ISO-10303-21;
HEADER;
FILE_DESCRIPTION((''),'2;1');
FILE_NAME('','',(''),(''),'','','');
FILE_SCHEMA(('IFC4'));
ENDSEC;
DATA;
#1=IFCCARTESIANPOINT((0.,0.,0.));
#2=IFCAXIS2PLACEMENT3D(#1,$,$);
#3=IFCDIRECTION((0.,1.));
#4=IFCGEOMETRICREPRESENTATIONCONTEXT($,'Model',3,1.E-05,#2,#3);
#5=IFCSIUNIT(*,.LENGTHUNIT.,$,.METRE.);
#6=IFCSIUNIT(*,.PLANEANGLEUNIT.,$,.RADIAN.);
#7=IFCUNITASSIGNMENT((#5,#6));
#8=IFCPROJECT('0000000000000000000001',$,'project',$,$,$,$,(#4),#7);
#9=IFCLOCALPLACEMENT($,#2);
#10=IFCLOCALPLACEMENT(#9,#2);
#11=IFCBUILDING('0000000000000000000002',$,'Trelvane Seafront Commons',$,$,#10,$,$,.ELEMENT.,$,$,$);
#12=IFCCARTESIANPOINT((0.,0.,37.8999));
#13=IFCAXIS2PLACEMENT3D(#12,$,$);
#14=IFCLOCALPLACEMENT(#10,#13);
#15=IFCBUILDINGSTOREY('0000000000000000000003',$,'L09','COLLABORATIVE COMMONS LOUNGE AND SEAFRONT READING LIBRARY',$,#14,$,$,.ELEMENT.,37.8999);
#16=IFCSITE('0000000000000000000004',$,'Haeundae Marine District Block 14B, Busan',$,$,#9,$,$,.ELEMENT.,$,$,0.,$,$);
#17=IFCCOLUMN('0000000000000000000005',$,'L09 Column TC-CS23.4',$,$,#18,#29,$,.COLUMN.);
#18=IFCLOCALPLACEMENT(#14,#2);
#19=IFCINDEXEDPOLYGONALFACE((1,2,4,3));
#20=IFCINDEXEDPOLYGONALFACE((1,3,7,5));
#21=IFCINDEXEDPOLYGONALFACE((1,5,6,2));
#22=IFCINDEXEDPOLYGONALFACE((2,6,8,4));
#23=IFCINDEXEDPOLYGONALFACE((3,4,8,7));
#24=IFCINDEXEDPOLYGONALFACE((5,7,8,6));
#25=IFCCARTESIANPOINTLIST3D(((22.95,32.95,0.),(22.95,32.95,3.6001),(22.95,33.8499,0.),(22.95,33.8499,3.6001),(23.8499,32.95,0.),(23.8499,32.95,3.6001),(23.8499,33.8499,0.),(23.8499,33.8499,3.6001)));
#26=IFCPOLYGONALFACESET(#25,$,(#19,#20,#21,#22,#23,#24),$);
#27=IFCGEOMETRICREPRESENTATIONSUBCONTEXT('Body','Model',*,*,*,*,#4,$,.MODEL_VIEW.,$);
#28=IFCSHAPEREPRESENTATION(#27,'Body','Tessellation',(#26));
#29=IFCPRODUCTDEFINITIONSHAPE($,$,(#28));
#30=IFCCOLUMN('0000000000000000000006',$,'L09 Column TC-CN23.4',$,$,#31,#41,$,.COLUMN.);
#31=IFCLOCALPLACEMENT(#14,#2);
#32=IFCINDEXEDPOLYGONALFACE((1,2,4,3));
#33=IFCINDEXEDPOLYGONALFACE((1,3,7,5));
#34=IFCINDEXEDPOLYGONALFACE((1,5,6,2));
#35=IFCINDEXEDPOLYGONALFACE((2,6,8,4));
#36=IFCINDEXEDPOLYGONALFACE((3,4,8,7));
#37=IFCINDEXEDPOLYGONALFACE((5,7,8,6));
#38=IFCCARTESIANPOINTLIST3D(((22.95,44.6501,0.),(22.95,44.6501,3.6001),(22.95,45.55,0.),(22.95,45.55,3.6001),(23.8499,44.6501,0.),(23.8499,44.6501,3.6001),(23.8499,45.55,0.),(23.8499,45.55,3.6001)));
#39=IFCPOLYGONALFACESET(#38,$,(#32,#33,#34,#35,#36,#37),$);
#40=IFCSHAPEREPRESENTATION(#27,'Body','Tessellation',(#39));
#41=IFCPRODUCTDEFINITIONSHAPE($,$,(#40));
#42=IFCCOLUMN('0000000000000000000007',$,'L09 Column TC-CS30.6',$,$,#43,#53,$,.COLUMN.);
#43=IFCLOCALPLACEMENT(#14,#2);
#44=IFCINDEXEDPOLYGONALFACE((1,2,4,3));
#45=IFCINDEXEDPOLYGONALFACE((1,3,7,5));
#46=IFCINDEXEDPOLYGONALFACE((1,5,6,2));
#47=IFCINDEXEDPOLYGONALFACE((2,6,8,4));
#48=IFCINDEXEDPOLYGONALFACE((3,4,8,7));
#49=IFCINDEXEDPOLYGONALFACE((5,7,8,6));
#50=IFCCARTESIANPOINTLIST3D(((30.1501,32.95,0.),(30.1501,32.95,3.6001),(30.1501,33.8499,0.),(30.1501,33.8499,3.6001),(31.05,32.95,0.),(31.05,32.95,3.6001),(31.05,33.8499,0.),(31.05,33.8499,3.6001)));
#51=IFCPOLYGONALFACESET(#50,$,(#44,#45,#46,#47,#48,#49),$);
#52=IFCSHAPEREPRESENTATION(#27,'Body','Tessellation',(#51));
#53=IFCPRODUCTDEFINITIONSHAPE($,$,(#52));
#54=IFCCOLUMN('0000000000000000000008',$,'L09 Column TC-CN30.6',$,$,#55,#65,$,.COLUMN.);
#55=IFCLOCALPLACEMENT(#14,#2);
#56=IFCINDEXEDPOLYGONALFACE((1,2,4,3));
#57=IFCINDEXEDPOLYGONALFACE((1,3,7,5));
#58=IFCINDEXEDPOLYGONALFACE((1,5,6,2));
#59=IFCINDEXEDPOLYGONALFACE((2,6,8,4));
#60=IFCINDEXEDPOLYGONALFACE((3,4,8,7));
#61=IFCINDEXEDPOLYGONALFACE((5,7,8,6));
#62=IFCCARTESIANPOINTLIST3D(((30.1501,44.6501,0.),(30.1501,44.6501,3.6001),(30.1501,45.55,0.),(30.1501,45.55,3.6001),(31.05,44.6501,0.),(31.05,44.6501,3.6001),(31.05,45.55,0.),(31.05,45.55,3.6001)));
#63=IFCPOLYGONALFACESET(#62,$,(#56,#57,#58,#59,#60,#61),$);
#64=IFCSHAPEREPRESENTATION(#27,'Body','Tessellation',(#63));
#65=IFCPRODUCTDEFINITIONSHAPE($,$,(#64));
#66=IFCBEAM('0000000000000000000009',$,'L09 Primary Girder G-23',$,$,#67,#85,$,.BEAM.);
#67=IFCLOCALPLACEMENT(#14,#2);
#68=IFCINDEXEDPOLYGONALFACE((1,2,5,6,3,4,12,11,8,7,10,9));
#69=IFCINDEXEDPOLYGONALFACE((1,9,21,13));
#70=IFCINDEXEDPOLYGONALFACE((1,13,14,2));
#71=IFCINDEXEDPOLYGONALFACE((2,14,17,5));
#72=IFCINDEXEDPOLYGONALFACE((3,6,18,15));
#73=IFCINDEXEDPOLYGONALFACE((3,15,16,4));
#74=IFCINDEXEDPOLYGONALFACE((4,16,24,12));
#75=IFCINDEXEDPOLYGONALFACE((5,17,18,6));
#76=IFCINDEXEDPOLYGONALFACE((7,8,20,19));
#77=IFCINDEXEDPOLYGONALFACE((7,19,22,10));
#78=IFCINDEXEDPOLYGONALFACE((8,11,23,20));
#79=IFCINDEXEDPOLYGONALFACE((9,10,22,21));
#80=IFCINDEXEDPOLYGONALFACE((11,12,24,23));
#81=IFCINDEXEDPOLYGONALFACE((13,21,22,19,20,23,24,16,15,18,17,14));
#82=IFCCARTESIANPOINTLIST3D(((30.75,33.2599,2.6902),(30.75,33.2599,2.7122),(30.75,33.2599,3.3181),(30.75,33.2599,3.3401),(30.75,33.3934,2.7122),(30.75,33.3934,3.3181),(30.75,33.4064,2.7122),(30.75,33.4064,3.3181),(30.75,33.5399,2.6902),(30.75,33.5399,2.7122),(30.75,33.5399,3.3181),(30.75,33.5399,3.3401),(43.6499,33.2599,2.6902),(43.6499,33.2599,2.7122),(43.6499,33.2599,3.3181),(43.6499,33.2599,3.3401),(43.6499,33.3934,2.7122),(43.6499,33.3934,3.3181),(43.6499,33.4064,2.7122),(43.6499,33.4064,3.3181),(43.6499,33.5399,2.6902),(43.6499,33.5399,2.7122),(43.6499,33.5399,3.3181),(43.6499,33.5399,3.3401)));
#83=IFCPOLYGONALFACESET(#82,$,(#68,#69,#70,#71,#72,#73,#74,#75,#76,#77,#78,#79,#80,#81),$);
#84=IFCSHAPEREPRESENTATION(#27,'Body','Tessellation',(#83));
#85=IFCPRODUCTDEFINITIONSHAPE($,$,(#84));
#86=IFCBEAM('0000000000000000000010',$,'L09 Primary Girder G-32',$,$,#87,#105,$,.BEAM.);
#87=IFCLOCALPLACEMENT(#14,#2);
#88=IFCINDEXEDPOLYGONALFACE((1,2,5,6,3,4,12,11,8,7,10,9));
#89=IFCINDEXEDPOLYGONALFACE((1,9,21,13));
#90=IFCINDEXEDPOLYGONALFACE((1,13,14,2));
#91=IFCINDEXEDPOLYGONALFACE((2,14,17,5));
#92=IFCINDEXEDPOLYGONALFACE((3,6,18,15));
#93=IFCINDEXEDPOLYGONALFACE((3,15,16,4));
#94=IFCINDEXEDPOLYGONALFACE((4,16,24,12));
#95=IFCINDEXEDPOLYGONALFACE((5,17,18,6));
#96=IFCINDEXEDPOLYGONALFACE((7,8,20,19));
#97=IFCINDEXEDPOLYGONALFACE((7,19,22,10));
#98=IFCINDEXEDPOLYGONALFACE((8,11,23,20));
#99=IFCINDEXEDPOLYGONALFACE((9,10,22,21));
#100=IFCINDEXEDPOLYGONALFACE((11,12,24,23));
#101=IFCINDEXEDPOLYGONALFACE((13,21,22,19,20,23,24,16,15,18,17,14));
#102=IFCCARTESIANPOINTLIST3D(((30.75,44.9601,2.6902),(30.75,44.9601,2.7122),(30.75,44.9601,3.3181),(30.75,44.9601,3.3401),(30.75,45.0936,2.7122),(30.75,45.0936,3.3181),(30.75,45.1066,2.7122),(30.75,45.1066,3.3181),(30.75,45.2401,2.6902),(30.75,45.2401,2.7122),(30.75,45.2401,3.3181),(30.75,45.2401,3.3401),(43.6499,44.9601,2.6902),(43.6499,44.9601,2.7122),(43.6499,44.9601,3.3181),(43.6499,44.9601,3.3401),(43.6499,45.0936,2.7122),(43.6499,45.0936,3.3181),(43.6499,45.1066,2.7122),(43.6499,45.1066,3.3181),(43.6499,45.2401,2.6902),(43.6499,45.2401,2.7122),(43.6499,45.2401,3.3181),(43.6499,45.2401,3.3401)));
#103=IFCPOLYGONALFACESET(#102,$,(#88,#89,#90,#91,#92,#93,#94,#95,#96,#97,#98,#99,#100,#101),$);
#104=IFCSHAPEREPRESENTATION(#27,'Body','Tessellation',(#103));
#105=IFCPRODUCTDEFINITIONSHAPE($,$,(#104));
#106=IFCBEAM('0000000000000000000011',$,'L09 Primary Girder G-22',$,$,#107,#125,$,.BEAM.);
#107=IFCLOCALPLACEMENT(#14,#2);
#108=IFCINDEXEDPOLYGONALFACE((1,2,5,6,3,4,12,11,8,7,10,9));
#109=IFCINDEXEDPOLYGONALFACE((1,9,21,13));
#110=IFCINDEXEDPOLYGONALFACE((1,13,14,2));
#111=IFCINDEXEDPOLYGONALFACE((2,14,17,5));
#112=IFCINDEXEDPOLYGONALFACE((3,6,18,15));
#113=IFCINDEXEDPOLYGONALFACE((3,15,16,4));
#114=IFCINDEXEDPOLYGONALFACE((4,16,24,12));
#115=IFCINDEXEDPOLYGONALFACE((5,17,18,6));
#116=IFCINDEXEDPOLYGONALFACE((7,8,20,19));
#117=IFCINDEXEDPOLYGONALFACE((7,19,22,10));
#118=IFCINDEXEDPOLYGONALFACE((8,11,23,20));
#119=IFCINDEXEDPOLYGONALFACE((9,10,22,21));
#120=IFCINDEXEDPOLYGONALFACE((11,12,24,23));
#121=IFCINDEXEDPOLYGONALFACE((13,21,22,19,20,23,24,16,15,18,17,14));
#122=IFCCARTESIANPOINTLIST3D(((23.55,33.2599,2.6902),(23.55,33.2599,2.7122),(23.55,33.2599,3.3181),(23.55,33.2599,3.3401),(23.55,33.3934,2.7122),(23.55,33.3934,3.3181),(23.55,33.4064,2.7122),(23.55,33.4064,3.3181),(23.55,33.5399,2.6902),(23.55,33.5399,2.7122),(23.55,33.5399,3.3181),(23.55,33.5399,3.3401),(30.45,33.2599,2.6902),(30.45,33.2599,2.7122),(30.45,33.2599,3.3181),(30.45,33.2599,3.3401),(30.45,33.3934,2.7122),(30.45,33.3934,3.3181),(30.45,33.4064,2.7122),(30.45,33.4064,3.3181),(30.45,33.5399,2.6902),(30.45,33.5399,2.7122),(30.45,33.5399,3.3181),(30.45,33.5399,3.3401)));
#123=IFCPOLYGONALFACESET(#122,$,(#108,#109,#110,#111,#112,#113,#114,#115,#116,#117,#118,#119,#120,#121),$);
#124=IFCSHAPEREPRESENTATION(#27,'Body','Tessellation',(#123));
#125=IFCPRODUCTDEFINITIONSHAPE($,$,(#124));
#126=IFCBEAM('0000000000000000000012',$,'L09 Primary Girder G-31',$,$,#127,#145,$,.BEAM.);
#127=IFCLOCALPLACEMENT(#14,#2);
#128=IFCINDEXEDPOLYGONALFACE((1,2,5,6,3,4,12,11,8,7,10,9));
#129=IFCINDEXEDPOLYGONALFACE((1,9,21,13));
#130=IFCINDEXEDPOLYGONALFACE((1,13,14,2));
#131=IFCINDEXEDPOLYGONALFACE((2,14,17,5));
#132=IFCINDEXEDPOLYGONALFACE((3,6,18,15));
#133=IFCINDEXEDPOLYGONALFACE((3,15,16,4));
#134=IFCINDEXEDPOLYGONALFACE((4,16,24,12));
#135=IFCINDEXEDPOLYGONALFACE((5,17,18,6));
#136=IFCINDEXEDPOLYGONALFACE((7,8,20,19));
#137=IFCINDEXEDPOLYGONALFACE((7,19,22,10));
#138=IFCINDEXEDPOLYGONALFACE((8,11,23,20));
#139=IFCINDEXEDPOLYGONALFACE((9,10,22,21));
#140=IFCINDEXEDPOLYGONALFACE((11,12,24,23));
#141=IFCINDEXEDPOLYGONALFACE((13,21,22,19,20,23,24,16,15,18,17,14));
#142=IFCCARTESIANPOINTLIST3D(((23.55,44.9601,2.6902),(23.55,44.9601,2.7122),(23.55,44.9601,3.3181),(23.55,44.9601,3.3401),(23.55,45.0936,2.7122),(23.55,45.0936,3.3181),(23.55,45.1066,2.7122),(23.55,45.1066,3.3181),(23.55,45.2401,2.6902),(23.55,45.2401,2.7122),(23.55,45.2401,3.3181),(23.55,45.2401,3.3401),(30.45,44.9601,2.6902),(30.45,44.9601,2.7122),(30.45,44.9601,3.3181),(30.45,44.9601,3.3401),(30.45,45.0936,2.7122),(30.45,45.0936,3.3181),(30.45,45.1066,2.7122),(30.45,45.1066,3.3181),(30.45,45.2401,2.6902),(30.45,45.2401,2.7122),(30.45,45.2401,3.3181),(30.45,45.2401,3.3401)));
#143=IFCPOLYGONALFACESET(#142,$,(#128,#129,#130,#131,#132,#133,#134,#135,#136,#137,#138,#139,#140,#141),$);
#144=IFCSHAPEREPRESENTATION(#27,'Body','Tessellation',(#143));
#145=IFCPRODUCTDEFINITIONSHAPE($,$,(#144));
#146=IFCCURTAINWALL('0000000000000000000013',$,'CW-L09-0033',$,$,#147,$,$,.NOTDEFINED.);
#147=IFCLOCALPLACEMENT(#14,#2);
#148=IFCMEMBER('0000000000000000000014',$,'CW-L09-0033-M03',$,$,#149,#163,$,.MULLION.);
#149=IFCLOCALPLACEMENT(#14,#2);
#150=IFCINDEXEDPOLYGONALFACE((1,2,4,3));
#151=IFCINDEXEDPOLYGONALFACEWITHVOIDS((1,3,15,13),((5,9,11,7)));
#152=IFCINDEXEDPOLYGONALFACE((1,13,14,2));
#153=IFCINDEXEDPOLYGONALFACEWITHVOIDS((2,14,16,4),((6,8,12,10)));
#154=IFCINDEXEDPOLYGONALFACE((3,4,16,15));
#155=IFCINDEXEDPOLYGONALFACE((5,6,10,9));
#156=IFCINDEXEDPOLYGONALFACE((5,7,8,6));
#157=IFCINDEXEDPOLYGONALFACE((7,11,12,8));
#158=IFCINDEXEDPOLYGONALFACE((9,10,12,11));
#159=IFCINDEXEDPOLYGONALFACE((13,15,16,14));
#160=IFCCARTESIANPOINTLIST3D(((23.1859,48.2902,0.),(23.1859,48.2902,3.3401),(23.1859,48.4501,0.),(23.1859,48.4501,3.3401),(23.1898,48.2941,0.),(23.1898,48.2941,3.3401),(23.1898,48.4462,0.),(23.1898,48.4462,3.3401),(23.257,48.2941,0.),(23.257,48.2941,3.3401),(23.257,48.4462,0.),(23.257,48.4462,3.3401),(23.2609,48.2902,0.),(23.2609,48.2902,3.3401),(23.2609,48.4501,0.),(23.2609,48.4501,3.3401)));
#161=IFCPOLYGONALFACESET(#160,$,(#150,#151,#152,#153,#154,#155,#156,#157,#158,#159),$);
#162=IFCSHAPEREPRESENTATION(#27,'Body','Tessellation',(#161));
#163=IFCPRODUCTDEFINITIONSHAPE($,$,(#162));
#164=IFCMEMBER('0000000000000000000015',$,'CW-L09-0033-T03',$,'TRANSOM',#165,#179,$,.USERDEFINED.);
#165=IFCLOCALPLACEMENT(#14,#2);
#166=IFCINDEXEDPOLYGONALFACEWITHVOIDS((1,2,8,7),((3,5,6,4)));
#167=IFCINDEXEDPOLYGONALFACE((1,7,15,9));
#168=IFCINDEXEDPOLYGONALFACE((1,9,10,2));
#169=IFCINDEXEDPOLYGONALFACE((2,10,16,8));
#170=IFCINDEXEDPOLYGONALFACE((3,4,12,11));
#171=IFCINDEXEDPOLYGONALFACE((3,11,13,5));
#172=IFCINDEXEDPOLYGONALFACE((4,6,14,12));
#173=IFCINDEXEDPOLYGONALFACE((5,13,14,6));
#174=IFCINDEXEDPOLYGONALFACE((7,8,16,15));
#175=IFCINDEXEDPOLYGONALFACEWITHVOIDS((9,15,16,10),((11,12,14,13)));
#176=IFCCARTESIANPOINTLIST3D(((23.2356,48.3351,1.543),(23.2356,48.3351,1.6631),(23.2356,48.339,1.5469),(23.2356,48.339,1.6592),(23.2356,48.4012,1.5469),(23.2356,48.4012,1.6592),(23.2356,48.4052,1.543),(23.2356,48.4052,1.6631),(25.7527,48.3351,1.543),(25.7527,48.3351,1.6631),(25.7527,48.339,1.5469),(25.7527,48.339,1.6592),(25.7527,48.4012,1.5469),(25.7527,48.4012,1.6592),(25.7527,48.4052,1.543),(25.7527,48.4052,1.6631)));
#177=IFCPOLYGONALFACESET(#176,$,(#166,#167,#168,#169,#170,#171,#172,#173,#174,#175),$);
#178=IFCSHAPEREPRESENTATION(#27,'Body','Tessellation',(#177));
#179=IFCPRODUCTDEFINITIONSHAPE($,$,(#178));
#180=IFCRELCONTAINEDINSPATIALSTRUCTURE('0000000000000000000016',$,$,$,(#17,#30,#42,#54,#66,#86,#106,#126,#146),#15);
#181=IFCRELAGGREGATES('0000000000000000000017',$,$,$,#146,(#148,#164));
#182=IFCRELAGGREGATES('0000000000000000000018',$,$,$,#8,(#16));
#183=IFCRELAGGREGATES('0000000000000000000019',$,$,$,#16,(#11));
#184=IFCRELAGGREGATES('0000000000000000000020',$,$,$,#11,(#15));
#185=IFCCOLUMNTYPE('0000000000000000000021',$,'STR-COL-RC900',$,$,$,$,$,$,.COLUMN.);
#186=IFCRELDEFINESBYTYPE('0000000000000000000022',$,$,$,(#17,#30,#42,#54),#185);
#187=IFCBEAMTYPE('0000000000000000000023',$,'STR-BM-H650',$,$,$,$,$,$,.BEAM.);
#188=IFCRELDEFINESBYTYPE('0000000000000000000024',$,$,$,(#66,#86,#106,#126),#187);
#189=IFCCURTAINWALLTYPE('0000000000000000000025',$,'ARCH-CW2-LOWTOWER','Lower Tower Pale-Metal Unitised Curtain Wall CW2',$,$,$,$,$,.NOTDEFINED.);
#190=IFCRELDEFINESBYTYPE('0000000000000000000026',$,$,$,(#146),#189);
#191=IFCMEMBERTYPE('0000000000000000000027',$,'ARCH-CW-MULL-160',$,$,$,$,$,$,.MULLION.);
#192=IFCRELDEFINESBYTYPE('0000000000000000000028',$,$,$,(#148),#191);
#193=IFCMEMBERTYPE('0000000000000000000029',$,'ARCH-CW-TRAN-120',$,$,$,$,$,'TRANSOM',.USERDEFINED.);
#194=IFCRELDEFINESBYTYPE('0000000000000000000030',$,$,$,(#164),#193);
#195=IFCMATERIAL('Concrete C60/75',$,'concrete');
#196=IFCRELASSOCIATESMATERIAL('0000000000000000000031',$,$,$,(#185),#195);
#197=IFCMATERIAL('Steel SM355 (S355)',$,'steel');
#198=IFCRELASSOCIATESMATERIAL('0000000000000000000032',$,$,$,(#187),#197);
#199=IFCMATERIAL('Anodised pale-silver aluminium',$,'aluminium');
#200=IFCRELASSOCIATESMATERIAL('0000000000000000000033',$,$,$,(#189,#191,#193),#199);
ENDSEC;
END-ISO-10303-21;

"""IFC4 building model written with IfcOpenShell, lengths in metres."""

from ifc_helpers import new_model, si_unit, direction, frame, origin, origin_2d, place, context, subcontext, project, spatial, rectangle, hollow_rectangle, i_section, extrude, source, transform, mapped, material, material_profile, profile_set, type_object, element, aggregate, save


model = new_model("IFC4")

# Units and contexts
model_context = context("Model", 3, precision=1e-05, world=origin(), true_north=direction((0.0, 1.0)))
body_context = subcontext(model_context, "Body", "Model", "MODEL_VIEW")
ifc_project = project(units=[si_unit("LENGTHUNIT", "METRE"), si_unit("PLANEANGLEUNIT", "RADIAN")], contexts=[model_context])

# Site, building, storey
site_placement = place(None, origin())
site = spatial("IfcSite", under=ifc_project, at=site_placement, Name="Haeundae Marine District Block 14B, Busan", CompositionType="ELEMENT", RefElevation=0.0)
building_placement = place(site_placement, origin())
building = spatial("IfcBuilding", under=site, at=building_placement, Name="Trelvane Seafront Commons", CompositionType="ELEMENT")
storey_placement = place(building_placement, frame((0.0, 0.0, 37.8999)))
storey = spatial("IfcBuildingStorey", under=building, at=storey_placement, Name="L09", Description="COLLABORATIVE COMMONS LOUNGE AND SEAFRONT READING LIBRARY", CompositionType="ELEMENT", Elevation=37.8999)

# Columns
ifc_material_1 = material(Name="Concrete C60/75", Category="concrete")
ifc_material_profile_1 = material_profile(ifc_material_1, rectangle(XDim=0.8999, YDim=0.8999, at=origin_2d()), Name="RC-900x900")
ifc_profile_set_1 = profile_set([ifc_material_profile_1], Name="Concrete C60/75")
column_type = type_object("IfcColumnType", Name="STR-COL-RC900", PredefinedType="COLUMN", material=ifc_profile_set_1)
shared_shape_1 = source(origin(), body_context, "Body", "SweptSolid", [
    extrude(rectangle(XDim=0.8999, YDim=0.8999, at=origin_2d()), origin(), (0.0, 0.0, 1.0), 3.6001),
])
for number, where, z_axis, x_axis, name in (
    (1, (23.3999, 33.3999, 0.0), (0.0, 0.0, 1.0), (1.0, 0.0, 0.0), "L09 Column TC-CS23.4"),
    (2, (23.3999, 45.1001, 0.0), (0.0, 0.0, 1.0), (1.0, 0.0, 0.0), "L09 Column TC-CN23.4"),
    (3, (30.6001, 33.3999, 0.0), (0.0, 0.0, 1.0), (1.0, 0.0, 0.0), "L09 Column TC-CS30.6"),
    (4, (30.6001, 45.1001, 0.0), (0.0, 0.0, 1.0), (1.0, 0.0, 0.0), "L09 Column TC-CN30.6"),
):
    element("IfcColumn", number, at=place(storey_placement, frame(where, z_axis=z_axis, x_axis=x_axis)), inside=storey, type_object=column_type, Name=name, PredefinedType="COLUMN", context=body_context, shape_type="MappedRepresentation", body=[
        mapped(shared_shape_1, transform((0.0, 0.0, 0.0), x_axis=(1.0, 0.0, 0.0), y_axis=(0.0, 1.0, 0.0), z_axis=(0.0, 0.0, 1.0), scale=1.0)),
    ])

# Beams
ifc_material_2 = material(Name="Steel SM355 (S355)", Category="steel")
ifc_material_profile_2 = material_profile(ifc_material_2, i_section(OverallWidth=0.28, OverallDepth=0.6499, WebThickness=0.0129, FlangeThickness=0.022, at=origin_2d()), Name="H-650x280x13x22")
ifc_profile_set_2 = profile_set([ifc_material_profile_2], Name="Steel SM355 (S355)")
beam_type = type_object("IfcBeamType", Name="STR-BM-H650", PredefinedType="BEAM", material=ifc_profile_set_2)
shared_shape_2 = source(origin(), body_context, "Body", "SweptSolid", [
    extrude(i_section(OverallWidth=0.28, OverallDepth=0.6499, WebThickness=0.0129, FlangeThickness=0.022, at=origin_2d()), origin(), (0.0, 0.0, 1.0), 12.8999),
])
for number, where, z_axis, x_axis, name in (
    (5, (30.75, 33.3999, 3.0151), (1.0, 0.0, 0.0), (0.0, 1.0, 0.0), "L09 Primary Girder G-23"),
    (6, (30.75, 45.1001, 3.0151), (1.0, 0.0, 0.0), (0.0, 1.0, 0.0), "L09 Primary Girder G-32"),
):
    element("IfcBeam", number, at=place(storey_placement, frame(where, z_axis=z_axis, x_axis=x_axis)), inside=storey, type_object=beam_type, Name=name, PredefinedType="BEAM", context=body_context, shape_type="MappedRepresentation", body=[
        mapped(shared_shape_2, transform((0.0, 0.0, 0.0), x_axis=(1.0, 0.0, 0.0), y_axis=(0.0, 1.0, 0.0), z_axis=(0.0, 0.0, 1.0), scale=1.0)),
    ])
shared_shape_3 = source(origin(), body_context, "Body", "SweptSolid", [
    extrude(i_section(OverallWidth=0.28, OverallDepth=0.6499, WebThickness=0.0129, FlangeThickness=0.022, at=origin_2d()), origin(), (0.0, 0.0, 1.0), 6.8999),
])
for number, where, z_axis, x_axis, name in (
    (7, (23.55, 33.3999, 3.0151), (1.0, 0.0, 0.0), (0.0, 1.0, 0.0), "L09 Primary Girder G-22"),
    (8, (23.55, 45.1001, 3.0151), (1.0, 0.0, 0.0), (0.0, 1.0, 0.0), "L09 Primary Girder G-31"),
):
    element("IfcBeam", number, at=place(storey_placement, frame(where, z_axis=z_axis, x_axis=x_axis)), inside=storey, type_object=beam_type, Name=name, PredefinedType="BEAM", context=body_context, shape_type="MappedRepresentation", body=[
        mapped(shared_shape_3, transform((0.0, 0.0, 0.0), x_axis=(1.0, 0.0, 0.0), y_axis=(0.0, 1.0, 0.0), z_axis=(0.0, 0.0, 1.0), scale=1.0)),
    ])

# Curtain wall, members
ifc_material_3 = material(Name="Anodised pale-silver aluminium", Category="aluminium")
curtain_wall_type = type_object("IfcCurtainWallType", Name="ARCH-CW2-LOWTOWER", Description="Lower Tower Pale-Metal Unitised Curtain Wall CW2", PredefinedType="NOTDEFINED", material=ifc_material_3)
curtain_wall_placement = place(storey_placement, origin())
curtain_wall = element("IfcCurtainWall", 9, at=curtain_wall_placement, inside=storey, type_object=curtain_wall_type, Name="CW-L09-0033", PredefinedType="NOTDEFINED")
ifc_material_profile_3 = material_profile(ifc_material_3, hollow_rectangle(XDim=0.075, YDim=0.1599, WallThickness=0.0039, at=origin_2d()), Name="MULL-75x160x4")
ifc_profile_set_3 = profile_set([ifc_material_profile_3], Name="Anodised pale-silver aluminium")
member_type_1 = type_object("IfcMemberType", Name="ARCH-CW-MULL-160", PredefinedType="MULLION", material=ifc_profile_set_3)
shared_shape_4 = source(origin(), body_context, "Body", "SweptSolid", [
    extrude(hollow_rectangle(XDim=0.075, YDim=0.1599, WallThickness=0.0039, at=origin_2d()), origin(), (0.0, 0.0, 1.0), 3.3401),
])
member_1_placement = place(storey_placement, frame((23.2234, 48.3701, 0.0), z_axis=(0.0, 0.0, 1.0), x_axis=(1.0, 0.0, 0.0)))
member_1 = element("IfcMember", 10, at=member_1_placement, type_object=member_type_1, Name="CW-L09-0033-M03", PredefinedType="MULLION", context=body_context, shape_type="MappedRepresentation", body=[
    mapped(shared_shape_4, transform((0.0, 0.0, 0.0), x_axis=(1.0, 0.0, 0.0), y_axis=(0.0, 1.0, 0.0), z_axis=(0.0, 0.0, 1.0), scale=1.0)),
])
ifc_material_profile_4 = material_profile(ifc_material_3, hollow_rectangle(XDim=0.0701, YDim=0.1201, WallThickness=0.0039, at=origin_2d()), Name="TRAN-70x120x4")
ifc_profile_set_4 = profile_set([ifc_material_profile_4], Name="Anodised pale-silver aluminium")
member_type_2 = type_object("IfcMemberType", Name="ARCH-CW-TRAN-120", ElementType="TRANSOM", PredefinedType="USERDEFINED", material=ifc_profile_set_4)
shared_shape_5 = source(origin(), body_context, "Body", "SweptSolid", [
    extrude(hollow_rectangle(XDim=0.0701, YDim=0.1201, WallThickness=0.0039, at=origin_2d()), origin(), (0.0, 0.0, 1.0), 2.5171),
])
member_2_placement = place(storey_placement, frame((23.2356, 48.3701, 1.603), z_axis=(1.0, 0.0, 0.0), x_axis=(0.0, 1.0, 0.0)))
member_2 = element("IfcMember", 11, at=member_2_placement, type_object=member_type_2, Name="CW-L09-0033-T03", ObjectType="TRANSOM", PredefinedType="USERDEFINED", context=body_context, shape_type="MappedRepresentation", body=[
    mapped(shared_shape_5, transform((0.0, 0.0, 0.0), x_axis=(1.0, 0.0, 0.0), y_axis=(0.0, 1.0, 0.0), z_axis=(0.0, 0.0, 1.0), scale=1.0)),
])
aggregate(curtain_wall, [member_1, member_2])

save(model, "model.ifc")
